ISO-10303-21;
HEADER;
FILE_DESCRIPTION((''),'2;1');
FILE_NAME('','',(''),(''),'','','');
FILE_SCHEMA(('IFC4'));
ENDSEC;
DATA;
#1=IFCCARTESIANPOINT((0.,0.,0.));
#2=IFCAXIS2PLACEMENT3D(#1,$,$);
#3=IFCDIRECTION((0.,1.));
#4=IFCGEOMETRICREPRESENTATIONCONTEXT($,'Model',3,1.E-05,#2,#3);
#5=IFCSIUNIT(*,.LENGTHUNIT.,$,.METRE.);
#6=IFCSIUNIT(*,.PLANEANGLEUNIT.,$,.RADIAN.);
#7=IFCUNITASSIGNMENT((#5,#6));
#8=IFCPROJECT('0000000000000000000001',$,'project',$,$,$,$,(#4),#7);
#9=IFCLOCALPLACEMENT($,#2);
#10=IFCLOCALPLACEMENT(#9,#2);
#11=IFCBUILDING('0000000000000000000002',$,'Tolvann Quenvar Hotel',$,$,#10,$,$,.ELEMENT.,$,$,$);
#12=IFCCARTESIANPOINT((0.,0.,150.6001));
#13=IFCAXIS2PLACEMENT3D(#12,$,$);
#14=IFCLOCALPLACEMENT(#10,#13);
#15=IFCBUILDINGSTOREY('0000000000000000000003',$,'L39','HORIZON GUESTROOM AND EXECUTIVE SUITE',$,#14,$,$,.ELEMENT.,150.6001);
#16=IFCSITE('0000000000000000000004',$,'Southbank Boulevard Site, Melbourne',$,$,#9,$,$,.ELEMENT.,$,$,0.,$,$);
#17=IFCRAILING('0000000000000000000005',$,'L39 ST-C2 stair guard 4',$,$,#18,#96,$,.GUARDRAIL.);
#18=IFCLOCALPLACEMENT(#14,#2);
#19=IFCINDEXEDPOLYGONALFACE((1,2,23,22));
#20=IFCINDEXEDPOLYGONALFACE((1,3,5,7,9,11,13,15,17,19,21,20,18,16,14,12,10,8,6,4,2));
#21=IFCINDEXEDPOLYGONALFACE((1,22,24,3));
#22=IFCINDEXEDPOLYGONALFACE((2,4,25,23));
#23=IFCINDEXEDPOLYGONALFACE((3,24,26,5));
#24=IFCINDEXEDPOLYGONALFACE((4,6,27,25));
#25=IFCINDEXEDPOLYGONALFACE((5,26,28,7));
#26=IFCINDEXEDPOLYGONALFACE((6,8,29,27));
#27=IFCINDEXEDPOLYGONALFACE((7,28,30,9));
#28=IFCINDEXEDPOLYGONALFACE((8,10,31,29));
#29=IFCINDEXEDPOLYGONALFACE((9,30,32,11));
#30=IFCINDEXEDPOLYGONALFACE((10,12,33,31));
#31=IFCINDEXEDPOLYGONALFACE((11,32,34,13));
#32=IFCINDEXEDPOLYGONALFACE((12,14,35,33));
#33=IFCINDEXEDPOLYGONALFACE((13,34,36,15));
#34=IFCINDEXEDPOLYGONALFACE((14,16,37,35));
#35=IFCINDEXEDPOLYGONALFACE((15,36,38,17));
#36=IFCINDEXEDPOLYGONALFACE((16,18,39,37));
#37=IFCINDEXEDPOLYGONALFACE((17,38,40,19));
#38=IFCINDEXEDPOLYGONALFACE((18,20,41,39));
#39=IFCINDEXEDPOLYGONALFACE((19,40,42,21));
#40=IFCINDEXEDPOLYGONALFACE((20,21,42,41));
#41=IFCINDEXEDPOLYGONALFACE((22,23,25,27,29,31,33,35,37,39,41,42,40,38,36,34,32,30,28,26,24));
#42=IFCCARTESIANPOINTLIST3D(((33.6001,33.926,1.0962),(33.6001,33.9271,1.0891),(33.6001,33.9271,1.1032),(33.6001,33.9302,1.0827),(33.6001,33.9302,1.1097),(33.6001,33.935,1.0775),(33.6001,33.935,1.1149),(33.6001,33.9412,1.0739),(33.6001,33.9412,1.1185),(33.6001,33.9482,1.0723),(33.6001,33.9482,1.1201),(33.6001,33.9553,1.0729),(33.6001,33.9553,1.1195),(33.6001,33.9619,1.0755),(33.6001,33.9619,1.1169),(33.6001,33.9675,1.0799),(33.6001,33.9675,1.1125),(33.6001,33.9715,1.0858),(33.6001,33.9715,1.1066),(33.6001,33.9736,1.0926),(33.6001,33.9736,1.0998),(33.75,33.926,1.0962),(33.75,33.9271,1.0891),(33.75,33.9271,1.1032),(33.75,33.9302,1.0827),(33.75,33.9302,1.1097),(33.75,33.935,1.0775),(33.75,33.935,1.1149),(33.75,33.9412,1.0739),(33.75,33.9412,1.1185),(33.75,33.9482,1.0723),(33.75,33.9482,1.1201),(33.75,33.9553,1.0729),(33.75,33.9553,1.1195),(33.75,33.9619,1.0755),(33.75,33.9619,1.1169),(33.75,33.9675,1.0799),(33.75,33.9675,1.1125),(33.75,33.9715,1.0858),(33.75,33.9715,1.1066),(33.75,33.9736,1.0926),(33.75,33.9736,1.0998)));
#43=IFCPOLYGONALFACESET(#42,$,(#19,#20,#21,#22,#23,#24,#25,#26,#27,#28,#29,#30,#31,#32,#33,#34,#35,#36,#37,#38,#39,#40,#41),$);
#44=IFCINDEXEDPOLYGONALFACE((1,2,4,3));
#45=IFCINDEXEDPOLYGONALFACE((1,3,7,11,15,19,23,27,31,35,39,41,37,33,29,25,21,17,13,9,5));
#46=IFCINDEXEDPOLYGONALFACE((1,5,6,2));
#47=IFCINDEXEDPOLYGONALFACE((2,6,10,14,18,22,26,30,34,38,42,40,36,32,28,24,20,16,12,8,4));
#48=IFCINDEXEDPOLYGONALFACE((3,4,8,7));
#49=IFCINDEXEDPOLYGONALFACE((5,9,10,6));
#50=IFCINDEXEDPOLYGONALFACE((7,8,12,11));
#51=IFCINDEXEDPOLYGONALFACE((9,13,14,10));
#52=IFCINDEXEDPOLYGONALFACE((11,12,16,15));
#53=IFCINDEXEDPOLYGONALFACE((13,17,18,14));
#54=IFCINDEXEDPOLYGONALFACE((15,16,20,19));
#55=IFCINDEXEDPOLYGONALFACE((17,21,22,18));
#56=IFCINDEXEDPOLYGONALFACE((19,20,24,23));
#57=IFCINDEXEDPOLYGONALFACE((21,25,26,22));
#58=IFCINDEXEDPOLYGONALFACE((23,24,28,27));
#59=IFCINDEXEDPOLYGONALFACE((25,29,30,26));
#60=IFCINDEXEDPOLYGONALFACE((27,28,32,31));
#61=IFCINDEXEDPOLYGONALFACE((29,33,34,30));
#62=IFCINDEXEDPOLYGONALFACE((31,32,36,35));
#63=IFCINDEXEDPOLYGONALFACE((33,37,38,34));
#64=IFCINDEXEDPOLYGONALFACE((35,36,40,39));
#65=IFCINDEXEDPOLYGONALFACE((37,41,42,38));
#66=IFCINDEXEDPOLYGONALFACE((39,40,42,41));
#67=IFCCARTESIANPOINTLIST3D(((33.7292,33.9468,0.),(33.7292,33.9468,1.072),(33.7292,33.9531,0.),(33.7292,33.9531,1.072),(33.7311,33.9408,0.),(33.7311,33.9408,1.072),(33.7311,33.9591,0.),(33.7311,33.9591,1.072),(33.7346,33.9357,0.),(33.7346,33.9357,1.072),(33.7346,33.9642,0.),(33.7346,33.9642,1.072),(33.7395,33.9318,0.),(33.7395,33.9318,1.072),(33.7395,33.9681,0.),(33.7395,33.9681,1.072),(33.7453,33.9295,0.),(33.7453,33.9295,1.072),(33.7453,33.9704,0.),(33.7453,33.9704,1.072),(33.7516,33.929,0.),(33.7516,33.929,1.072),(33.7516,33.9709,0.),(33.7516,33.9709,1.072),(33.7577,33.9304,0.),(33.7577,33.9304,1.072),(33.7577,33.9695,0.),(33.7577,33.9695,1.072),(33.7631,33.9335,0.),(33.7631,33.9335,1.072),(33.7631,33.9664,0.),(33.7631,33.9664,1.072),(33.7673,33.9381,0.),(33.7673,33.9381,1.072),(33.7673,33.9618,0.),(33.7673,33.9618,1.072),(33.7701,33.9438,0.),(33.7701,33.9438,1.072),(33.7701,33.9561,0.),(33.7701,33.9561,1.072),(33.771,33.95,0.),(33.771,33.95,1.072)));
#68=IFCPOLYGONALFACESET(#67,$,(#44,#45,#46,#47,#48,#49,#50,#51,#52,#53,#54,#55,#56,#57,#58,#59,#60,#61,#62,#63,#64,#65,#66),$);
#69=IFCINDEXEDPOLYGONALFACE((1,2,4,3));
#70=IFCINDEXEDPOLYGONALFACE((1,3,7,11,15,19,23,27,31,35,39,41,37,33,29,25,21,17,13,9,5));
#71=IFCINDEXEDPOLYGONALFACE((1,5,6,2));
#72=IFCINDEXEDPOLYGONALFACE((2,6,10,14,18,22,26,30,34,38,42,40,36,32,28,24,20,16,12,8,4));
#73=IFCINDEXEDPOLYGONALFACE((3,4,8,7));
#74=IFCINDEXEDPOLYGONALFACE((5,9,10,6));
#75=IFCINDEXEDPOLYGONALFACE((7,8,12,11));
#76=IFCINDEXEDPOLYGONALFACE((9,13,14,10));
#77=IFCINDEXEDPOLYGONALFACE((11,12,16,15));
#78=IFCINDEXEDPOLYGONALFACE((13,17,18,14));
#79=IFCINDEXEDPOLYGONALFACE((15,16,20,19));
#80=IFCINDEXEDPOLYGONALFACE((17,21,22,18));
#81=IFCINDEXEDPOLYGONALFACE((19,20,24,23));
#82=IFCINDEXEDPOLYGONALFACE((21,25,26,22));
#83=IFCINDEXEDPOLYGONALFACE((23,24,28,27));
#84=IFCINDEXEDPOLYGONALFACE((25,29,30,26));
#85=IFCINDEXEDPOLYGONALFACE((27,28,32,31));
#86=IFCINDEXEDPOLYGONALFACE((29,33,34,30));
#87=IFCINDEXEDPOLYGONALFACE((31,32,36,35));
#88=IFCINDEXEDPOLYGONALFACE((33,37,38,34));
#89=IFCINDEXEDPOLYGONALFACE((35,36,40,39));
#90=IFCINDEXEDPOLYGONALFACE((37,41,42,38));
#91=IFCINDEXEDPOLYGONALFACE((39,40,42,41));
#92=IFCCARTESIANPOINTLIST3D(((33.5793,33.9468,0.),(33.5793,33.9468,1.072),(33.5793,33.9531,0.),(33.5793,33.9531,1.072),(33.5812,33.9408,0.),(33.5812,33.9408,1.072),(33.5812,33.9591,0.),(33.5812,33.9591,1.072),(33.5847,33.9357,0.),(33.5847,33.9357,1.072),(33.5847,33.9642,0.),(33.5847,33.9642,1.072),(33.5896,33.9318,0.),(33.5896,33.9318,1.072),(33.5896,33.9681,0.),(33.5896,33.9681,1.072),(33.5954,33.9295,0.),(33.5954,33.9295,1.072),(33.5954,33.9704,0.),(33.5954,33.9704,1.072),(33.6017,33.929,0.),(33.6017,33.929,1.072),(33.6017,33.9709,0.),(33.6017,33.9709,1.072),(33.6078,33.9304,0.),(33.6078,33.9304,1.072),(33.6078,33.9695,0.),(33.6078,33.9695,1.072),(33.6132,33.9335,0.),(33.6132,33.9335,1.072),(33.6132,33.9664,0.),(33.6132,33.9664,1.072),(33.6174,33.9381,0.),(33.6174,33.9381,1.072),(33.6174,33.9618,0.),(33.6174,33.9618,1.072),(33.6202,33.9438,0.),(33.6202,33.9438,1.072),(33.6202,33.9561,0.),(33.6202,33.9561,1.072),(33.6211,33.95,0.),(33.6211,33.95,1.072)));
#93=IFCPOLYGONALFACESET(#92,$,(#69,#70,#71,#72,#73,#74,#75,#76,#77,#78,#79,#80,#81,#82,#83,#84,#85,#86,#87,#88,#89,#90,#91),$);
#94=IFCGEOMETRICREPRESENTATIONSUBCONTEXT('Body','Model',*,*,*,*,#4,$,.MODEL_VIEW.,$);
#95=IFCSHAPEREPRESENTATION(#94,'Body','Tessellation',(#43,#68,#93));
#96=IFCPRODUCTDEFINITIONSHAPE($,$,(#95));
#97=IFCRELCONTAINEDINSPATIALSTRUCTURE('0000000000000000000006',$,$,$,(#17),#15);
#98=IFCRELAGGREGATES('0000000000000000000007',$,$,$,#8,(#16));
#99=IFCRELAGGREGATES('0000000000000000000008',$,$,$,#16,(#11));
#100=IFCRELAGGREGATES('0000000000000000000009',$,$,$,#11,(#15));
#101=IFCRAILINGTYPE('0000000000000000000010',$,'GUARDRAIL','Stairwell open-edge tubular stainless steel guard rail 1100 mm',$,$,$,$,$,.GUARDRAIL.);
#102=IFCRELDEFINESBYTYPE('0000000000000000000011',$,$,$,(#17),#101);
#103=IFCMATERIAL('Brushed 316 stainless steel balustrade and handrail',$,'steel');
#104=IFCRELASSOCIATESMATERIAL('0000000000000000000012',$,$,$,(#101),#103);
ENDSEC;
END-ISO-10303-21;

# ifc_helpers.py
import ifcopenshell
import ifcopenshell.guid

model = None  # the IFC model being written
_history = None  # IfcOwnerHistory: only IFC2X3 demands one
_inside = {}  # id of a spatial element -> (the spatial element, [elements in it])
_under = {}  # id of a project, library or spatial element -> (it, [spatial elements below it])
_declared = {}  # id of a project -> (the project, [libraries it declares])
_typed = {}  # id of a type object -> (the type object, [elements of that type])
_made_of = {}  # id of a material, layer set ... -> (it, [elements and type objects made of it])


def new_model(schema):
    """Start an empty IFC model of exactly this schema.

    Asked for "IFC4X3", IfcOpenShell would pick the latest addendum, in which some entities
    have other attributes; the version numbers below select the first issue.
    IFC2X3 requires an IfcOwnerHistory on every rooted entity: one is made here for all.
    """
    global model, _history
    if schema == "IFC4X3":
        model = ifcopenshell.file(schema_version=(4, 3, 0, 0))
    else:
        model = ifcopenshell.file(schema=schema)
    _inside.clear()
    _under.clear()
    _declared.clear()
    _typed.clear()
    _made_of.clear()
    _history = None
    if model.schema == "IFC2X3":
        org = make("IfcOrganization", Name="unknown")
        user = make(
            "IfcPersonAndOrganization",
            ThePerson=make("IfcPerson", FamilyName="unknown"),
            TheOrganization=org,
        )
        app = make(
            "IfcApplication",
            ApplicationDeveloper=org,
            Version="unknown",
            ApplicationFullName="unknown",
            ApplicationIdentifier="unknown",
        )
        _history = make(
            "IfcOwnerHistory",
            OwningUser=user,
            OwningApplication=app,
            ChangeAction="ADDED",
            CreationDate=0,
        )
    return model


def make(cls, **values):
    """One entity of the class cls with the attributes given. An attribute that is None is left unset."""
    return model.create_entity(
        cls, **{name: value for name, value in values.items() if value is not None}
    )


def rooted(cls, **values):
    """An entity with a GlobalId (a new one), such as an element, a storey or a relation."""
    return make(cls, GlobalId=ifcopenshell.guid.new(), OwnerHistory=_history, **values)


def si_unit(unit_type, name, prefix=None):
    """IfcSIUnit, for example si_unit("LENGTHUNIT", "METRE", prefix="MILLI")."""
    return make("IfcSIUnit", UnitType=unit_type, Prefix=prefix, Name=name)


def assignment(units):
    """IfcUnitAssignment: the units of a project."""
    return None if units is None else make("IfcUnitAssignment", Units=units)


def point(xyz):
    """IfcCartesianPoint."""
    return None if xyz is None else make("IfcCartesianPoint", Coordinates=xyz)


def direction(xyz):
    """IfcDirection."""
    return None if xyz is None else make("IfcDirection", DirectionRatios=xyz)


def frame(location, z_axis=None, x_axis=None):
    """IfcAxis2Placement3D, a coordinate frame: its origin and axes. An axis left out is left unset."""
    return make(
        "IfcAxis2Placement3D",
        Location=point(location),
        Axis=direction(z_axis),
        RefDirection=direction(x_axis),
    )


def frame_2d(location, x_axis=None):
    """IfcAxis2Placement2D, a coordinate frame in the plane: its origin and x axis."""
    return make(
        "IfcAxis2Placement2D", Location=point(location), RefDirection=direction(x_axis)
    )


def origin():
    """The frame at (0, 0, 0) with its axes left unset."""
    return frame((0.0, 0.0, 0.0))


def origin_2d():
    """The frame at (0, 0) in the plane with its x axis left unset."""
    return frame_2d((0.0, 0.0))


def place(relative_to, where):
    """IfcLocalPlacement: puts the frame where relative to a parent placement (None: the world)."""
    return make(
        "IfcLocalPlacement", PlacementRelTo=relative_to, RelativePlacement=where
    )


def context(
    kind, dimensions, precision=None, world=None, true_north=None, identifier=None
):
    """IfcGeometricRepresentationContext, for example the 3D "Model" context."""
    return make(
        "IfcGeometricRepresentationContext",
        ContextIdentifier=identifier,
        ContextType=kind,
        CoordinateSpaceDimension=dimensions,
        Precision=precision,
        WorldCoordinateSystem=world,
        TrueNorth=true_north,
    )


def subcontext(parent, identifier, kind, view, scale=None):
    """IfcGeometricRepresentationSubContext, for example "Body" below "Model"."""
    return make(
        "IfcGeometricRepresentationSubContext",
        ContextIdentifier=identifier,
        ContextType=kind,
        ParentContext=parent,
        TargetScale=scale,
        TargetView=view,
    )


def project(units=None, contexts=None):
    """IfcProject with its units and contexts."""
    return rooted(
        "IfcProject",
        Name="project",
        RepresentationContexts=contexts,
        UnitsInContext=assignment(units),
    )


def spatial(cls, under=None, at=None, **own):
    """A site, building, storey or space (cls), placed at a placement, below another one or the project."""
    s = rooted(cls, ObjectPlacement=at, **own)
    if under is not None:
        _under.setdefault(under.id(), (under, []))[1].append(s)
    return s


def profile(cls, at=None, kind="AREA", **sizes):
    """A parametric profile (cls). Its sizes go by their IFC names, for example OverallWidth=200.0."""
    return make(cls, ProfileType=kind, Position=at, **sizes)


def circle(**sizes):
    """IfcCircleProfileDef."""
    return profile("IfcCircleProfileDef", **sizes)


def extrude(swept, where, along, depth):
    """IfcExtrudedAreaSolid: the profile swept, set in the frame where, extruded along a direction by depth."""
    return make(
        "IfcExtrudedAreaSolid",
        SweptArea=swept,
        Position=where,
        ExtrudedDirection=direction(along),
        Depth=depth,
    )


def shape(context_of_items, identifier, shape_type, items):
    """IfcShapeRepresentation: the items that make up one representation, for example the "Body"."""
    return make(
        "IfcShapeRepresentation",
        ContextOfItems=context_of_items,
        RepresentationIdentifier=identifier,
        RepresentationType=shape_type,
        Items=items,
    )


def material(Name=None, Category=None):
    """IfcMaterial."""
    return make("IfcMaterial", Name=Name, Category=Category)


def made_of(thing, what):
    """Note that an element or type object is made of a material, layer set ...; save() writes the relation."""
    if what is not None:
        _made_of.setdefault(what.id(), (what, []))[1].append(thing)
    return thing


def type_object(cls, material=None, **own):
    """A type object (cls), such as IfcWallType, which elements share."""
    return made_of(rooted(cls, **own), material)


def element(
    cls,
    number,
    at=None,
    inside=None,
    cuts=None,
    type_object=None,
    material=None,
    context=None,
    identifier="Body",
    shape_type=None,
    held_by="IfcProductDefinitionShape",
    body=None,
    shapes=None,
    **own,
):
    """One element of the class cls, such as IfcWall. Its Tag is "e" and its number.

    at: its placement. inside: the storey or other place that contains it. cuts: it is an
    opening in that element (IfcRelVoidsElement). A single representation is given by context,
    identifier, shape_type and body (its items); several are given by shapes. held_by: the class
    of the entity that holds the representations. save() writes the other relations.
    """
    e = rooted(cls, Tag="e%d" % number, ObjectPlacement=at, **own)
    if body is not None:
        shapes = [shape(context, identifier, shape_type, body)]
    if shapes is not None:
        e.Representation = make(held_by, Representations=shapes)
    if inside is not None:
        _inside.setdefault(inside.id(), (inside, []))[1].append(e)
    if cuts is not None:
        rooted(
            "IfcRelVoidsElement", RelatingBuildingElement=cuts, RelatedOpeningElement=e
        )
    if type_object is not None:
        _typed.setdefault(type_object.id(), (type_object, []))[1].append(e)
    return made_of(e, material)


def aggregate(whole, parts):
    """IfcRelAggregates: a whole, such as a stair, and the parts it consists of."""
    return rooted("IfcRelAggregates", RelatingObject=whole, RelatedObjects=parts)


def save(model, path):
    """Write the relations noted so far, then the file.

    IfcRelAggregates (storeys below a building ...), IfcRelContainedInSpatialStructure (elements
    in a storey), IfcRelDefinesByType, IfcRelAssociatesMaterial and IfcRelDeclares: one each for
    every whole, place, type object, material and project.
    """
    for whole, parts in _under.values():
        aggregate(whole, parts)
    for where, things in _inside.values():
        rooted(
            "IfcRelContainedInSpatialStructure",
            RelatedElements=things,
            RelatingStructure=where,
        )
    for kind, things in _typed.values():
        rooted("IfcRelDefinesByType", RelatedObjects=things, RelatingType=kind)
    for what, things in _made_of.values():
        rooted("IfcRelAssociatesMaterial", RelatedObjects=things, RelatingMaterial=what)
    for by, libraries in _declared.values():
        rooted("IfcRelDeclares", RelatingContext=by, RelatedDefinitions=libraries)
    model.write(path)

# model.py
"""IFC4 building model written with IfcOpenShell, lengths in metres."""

from ifc_helpers import new_model, si_unit, direction, frame, origin, origin_2d, place, context, subcontext, project, spatial, circle, extrude, material, type_object, element, save


model = new_model("IFC4")

# Units and contexts
model_context = context("Model", 3, precision=1e-05, world=origin(), true_north=direction((0.0, 1.0)))
body_context = subcontext(model_context, "Body", "Model", "MODEL_VIEW")
ifc_project = project(units=[si_unit("LENGTHUNIT", "METRE"), si_unit("PLANEANGLEUNIT", "RADIAN")], contexts=[model_context])

# Site, building, storey
site_placement = place(None, origin())
site = spatial("IfcSite", under=ifc_project, at=site_placement, Name="Southbank Boulevard Site, Melbourne", CompositionType="ELEMENT", RefElevation=0.0)
building_placement = place(site_placement, origin())
building = spatial("IfcBuilding", under=site, at=building_placement, Name="Tolvann Quenvar Hotel", CompositionType="ELEMENT")
storey_placement = place(building_placement, frame((0.0, 0.0, 150.6001)))
storey = spatial("IfcBuildingStorey", under=building, at=storey_placement, Name="L39", Description="HORIZON GUESTROOM AND EXECUTIVE SUITE", CompositionType="ELEMENT", Elevation=150.6001)

# Railing
ifc_material_1 = material(Name="Brushed 316 stainless steel balustrade and handrail", Category="steel")
railing_type_1 = type_object("IfcRailingType", Name="GUARDRAIL", Description="Stairwell open-edge tubular stainless steel guard rail 1100 mm", PredefinedType="GUARDRAIL", material=ifc_material_1)
railing_1_placement = place(storey_placement, frame((33.75, 33.95, 0.0)))
element("IfcRailing", 1, at=railing_1_placement, inside=storey, type_object=railing_type_1, Name="L39 ST-C2 stair guard 4", PredefinedType="GUARDRAIL", context=body_context, shape_type="SweptSolid", body=[
    extrude(circle(Radius=0.0239, at=origin_2d()), frame((0.0, 0.0, 1.0962), z_axis=(-1.0, 0.0, 0.0), x_axis=(0.0, -1.0, 0.0)), (0.0, 0.0, 1.0), 0.1499),
    extrude(circle(Radius=0.021, at=origin_2d()), origin(), (0.0, 0.0, 1.0), 1.072),
    extrude(circle(Radius=0.021, at=origin_2d()), frame((-0.1499, 0.0, 0.0)), (0.0, 0.0, 1.0), 1.072),
])

save(model, "model.ifc")
